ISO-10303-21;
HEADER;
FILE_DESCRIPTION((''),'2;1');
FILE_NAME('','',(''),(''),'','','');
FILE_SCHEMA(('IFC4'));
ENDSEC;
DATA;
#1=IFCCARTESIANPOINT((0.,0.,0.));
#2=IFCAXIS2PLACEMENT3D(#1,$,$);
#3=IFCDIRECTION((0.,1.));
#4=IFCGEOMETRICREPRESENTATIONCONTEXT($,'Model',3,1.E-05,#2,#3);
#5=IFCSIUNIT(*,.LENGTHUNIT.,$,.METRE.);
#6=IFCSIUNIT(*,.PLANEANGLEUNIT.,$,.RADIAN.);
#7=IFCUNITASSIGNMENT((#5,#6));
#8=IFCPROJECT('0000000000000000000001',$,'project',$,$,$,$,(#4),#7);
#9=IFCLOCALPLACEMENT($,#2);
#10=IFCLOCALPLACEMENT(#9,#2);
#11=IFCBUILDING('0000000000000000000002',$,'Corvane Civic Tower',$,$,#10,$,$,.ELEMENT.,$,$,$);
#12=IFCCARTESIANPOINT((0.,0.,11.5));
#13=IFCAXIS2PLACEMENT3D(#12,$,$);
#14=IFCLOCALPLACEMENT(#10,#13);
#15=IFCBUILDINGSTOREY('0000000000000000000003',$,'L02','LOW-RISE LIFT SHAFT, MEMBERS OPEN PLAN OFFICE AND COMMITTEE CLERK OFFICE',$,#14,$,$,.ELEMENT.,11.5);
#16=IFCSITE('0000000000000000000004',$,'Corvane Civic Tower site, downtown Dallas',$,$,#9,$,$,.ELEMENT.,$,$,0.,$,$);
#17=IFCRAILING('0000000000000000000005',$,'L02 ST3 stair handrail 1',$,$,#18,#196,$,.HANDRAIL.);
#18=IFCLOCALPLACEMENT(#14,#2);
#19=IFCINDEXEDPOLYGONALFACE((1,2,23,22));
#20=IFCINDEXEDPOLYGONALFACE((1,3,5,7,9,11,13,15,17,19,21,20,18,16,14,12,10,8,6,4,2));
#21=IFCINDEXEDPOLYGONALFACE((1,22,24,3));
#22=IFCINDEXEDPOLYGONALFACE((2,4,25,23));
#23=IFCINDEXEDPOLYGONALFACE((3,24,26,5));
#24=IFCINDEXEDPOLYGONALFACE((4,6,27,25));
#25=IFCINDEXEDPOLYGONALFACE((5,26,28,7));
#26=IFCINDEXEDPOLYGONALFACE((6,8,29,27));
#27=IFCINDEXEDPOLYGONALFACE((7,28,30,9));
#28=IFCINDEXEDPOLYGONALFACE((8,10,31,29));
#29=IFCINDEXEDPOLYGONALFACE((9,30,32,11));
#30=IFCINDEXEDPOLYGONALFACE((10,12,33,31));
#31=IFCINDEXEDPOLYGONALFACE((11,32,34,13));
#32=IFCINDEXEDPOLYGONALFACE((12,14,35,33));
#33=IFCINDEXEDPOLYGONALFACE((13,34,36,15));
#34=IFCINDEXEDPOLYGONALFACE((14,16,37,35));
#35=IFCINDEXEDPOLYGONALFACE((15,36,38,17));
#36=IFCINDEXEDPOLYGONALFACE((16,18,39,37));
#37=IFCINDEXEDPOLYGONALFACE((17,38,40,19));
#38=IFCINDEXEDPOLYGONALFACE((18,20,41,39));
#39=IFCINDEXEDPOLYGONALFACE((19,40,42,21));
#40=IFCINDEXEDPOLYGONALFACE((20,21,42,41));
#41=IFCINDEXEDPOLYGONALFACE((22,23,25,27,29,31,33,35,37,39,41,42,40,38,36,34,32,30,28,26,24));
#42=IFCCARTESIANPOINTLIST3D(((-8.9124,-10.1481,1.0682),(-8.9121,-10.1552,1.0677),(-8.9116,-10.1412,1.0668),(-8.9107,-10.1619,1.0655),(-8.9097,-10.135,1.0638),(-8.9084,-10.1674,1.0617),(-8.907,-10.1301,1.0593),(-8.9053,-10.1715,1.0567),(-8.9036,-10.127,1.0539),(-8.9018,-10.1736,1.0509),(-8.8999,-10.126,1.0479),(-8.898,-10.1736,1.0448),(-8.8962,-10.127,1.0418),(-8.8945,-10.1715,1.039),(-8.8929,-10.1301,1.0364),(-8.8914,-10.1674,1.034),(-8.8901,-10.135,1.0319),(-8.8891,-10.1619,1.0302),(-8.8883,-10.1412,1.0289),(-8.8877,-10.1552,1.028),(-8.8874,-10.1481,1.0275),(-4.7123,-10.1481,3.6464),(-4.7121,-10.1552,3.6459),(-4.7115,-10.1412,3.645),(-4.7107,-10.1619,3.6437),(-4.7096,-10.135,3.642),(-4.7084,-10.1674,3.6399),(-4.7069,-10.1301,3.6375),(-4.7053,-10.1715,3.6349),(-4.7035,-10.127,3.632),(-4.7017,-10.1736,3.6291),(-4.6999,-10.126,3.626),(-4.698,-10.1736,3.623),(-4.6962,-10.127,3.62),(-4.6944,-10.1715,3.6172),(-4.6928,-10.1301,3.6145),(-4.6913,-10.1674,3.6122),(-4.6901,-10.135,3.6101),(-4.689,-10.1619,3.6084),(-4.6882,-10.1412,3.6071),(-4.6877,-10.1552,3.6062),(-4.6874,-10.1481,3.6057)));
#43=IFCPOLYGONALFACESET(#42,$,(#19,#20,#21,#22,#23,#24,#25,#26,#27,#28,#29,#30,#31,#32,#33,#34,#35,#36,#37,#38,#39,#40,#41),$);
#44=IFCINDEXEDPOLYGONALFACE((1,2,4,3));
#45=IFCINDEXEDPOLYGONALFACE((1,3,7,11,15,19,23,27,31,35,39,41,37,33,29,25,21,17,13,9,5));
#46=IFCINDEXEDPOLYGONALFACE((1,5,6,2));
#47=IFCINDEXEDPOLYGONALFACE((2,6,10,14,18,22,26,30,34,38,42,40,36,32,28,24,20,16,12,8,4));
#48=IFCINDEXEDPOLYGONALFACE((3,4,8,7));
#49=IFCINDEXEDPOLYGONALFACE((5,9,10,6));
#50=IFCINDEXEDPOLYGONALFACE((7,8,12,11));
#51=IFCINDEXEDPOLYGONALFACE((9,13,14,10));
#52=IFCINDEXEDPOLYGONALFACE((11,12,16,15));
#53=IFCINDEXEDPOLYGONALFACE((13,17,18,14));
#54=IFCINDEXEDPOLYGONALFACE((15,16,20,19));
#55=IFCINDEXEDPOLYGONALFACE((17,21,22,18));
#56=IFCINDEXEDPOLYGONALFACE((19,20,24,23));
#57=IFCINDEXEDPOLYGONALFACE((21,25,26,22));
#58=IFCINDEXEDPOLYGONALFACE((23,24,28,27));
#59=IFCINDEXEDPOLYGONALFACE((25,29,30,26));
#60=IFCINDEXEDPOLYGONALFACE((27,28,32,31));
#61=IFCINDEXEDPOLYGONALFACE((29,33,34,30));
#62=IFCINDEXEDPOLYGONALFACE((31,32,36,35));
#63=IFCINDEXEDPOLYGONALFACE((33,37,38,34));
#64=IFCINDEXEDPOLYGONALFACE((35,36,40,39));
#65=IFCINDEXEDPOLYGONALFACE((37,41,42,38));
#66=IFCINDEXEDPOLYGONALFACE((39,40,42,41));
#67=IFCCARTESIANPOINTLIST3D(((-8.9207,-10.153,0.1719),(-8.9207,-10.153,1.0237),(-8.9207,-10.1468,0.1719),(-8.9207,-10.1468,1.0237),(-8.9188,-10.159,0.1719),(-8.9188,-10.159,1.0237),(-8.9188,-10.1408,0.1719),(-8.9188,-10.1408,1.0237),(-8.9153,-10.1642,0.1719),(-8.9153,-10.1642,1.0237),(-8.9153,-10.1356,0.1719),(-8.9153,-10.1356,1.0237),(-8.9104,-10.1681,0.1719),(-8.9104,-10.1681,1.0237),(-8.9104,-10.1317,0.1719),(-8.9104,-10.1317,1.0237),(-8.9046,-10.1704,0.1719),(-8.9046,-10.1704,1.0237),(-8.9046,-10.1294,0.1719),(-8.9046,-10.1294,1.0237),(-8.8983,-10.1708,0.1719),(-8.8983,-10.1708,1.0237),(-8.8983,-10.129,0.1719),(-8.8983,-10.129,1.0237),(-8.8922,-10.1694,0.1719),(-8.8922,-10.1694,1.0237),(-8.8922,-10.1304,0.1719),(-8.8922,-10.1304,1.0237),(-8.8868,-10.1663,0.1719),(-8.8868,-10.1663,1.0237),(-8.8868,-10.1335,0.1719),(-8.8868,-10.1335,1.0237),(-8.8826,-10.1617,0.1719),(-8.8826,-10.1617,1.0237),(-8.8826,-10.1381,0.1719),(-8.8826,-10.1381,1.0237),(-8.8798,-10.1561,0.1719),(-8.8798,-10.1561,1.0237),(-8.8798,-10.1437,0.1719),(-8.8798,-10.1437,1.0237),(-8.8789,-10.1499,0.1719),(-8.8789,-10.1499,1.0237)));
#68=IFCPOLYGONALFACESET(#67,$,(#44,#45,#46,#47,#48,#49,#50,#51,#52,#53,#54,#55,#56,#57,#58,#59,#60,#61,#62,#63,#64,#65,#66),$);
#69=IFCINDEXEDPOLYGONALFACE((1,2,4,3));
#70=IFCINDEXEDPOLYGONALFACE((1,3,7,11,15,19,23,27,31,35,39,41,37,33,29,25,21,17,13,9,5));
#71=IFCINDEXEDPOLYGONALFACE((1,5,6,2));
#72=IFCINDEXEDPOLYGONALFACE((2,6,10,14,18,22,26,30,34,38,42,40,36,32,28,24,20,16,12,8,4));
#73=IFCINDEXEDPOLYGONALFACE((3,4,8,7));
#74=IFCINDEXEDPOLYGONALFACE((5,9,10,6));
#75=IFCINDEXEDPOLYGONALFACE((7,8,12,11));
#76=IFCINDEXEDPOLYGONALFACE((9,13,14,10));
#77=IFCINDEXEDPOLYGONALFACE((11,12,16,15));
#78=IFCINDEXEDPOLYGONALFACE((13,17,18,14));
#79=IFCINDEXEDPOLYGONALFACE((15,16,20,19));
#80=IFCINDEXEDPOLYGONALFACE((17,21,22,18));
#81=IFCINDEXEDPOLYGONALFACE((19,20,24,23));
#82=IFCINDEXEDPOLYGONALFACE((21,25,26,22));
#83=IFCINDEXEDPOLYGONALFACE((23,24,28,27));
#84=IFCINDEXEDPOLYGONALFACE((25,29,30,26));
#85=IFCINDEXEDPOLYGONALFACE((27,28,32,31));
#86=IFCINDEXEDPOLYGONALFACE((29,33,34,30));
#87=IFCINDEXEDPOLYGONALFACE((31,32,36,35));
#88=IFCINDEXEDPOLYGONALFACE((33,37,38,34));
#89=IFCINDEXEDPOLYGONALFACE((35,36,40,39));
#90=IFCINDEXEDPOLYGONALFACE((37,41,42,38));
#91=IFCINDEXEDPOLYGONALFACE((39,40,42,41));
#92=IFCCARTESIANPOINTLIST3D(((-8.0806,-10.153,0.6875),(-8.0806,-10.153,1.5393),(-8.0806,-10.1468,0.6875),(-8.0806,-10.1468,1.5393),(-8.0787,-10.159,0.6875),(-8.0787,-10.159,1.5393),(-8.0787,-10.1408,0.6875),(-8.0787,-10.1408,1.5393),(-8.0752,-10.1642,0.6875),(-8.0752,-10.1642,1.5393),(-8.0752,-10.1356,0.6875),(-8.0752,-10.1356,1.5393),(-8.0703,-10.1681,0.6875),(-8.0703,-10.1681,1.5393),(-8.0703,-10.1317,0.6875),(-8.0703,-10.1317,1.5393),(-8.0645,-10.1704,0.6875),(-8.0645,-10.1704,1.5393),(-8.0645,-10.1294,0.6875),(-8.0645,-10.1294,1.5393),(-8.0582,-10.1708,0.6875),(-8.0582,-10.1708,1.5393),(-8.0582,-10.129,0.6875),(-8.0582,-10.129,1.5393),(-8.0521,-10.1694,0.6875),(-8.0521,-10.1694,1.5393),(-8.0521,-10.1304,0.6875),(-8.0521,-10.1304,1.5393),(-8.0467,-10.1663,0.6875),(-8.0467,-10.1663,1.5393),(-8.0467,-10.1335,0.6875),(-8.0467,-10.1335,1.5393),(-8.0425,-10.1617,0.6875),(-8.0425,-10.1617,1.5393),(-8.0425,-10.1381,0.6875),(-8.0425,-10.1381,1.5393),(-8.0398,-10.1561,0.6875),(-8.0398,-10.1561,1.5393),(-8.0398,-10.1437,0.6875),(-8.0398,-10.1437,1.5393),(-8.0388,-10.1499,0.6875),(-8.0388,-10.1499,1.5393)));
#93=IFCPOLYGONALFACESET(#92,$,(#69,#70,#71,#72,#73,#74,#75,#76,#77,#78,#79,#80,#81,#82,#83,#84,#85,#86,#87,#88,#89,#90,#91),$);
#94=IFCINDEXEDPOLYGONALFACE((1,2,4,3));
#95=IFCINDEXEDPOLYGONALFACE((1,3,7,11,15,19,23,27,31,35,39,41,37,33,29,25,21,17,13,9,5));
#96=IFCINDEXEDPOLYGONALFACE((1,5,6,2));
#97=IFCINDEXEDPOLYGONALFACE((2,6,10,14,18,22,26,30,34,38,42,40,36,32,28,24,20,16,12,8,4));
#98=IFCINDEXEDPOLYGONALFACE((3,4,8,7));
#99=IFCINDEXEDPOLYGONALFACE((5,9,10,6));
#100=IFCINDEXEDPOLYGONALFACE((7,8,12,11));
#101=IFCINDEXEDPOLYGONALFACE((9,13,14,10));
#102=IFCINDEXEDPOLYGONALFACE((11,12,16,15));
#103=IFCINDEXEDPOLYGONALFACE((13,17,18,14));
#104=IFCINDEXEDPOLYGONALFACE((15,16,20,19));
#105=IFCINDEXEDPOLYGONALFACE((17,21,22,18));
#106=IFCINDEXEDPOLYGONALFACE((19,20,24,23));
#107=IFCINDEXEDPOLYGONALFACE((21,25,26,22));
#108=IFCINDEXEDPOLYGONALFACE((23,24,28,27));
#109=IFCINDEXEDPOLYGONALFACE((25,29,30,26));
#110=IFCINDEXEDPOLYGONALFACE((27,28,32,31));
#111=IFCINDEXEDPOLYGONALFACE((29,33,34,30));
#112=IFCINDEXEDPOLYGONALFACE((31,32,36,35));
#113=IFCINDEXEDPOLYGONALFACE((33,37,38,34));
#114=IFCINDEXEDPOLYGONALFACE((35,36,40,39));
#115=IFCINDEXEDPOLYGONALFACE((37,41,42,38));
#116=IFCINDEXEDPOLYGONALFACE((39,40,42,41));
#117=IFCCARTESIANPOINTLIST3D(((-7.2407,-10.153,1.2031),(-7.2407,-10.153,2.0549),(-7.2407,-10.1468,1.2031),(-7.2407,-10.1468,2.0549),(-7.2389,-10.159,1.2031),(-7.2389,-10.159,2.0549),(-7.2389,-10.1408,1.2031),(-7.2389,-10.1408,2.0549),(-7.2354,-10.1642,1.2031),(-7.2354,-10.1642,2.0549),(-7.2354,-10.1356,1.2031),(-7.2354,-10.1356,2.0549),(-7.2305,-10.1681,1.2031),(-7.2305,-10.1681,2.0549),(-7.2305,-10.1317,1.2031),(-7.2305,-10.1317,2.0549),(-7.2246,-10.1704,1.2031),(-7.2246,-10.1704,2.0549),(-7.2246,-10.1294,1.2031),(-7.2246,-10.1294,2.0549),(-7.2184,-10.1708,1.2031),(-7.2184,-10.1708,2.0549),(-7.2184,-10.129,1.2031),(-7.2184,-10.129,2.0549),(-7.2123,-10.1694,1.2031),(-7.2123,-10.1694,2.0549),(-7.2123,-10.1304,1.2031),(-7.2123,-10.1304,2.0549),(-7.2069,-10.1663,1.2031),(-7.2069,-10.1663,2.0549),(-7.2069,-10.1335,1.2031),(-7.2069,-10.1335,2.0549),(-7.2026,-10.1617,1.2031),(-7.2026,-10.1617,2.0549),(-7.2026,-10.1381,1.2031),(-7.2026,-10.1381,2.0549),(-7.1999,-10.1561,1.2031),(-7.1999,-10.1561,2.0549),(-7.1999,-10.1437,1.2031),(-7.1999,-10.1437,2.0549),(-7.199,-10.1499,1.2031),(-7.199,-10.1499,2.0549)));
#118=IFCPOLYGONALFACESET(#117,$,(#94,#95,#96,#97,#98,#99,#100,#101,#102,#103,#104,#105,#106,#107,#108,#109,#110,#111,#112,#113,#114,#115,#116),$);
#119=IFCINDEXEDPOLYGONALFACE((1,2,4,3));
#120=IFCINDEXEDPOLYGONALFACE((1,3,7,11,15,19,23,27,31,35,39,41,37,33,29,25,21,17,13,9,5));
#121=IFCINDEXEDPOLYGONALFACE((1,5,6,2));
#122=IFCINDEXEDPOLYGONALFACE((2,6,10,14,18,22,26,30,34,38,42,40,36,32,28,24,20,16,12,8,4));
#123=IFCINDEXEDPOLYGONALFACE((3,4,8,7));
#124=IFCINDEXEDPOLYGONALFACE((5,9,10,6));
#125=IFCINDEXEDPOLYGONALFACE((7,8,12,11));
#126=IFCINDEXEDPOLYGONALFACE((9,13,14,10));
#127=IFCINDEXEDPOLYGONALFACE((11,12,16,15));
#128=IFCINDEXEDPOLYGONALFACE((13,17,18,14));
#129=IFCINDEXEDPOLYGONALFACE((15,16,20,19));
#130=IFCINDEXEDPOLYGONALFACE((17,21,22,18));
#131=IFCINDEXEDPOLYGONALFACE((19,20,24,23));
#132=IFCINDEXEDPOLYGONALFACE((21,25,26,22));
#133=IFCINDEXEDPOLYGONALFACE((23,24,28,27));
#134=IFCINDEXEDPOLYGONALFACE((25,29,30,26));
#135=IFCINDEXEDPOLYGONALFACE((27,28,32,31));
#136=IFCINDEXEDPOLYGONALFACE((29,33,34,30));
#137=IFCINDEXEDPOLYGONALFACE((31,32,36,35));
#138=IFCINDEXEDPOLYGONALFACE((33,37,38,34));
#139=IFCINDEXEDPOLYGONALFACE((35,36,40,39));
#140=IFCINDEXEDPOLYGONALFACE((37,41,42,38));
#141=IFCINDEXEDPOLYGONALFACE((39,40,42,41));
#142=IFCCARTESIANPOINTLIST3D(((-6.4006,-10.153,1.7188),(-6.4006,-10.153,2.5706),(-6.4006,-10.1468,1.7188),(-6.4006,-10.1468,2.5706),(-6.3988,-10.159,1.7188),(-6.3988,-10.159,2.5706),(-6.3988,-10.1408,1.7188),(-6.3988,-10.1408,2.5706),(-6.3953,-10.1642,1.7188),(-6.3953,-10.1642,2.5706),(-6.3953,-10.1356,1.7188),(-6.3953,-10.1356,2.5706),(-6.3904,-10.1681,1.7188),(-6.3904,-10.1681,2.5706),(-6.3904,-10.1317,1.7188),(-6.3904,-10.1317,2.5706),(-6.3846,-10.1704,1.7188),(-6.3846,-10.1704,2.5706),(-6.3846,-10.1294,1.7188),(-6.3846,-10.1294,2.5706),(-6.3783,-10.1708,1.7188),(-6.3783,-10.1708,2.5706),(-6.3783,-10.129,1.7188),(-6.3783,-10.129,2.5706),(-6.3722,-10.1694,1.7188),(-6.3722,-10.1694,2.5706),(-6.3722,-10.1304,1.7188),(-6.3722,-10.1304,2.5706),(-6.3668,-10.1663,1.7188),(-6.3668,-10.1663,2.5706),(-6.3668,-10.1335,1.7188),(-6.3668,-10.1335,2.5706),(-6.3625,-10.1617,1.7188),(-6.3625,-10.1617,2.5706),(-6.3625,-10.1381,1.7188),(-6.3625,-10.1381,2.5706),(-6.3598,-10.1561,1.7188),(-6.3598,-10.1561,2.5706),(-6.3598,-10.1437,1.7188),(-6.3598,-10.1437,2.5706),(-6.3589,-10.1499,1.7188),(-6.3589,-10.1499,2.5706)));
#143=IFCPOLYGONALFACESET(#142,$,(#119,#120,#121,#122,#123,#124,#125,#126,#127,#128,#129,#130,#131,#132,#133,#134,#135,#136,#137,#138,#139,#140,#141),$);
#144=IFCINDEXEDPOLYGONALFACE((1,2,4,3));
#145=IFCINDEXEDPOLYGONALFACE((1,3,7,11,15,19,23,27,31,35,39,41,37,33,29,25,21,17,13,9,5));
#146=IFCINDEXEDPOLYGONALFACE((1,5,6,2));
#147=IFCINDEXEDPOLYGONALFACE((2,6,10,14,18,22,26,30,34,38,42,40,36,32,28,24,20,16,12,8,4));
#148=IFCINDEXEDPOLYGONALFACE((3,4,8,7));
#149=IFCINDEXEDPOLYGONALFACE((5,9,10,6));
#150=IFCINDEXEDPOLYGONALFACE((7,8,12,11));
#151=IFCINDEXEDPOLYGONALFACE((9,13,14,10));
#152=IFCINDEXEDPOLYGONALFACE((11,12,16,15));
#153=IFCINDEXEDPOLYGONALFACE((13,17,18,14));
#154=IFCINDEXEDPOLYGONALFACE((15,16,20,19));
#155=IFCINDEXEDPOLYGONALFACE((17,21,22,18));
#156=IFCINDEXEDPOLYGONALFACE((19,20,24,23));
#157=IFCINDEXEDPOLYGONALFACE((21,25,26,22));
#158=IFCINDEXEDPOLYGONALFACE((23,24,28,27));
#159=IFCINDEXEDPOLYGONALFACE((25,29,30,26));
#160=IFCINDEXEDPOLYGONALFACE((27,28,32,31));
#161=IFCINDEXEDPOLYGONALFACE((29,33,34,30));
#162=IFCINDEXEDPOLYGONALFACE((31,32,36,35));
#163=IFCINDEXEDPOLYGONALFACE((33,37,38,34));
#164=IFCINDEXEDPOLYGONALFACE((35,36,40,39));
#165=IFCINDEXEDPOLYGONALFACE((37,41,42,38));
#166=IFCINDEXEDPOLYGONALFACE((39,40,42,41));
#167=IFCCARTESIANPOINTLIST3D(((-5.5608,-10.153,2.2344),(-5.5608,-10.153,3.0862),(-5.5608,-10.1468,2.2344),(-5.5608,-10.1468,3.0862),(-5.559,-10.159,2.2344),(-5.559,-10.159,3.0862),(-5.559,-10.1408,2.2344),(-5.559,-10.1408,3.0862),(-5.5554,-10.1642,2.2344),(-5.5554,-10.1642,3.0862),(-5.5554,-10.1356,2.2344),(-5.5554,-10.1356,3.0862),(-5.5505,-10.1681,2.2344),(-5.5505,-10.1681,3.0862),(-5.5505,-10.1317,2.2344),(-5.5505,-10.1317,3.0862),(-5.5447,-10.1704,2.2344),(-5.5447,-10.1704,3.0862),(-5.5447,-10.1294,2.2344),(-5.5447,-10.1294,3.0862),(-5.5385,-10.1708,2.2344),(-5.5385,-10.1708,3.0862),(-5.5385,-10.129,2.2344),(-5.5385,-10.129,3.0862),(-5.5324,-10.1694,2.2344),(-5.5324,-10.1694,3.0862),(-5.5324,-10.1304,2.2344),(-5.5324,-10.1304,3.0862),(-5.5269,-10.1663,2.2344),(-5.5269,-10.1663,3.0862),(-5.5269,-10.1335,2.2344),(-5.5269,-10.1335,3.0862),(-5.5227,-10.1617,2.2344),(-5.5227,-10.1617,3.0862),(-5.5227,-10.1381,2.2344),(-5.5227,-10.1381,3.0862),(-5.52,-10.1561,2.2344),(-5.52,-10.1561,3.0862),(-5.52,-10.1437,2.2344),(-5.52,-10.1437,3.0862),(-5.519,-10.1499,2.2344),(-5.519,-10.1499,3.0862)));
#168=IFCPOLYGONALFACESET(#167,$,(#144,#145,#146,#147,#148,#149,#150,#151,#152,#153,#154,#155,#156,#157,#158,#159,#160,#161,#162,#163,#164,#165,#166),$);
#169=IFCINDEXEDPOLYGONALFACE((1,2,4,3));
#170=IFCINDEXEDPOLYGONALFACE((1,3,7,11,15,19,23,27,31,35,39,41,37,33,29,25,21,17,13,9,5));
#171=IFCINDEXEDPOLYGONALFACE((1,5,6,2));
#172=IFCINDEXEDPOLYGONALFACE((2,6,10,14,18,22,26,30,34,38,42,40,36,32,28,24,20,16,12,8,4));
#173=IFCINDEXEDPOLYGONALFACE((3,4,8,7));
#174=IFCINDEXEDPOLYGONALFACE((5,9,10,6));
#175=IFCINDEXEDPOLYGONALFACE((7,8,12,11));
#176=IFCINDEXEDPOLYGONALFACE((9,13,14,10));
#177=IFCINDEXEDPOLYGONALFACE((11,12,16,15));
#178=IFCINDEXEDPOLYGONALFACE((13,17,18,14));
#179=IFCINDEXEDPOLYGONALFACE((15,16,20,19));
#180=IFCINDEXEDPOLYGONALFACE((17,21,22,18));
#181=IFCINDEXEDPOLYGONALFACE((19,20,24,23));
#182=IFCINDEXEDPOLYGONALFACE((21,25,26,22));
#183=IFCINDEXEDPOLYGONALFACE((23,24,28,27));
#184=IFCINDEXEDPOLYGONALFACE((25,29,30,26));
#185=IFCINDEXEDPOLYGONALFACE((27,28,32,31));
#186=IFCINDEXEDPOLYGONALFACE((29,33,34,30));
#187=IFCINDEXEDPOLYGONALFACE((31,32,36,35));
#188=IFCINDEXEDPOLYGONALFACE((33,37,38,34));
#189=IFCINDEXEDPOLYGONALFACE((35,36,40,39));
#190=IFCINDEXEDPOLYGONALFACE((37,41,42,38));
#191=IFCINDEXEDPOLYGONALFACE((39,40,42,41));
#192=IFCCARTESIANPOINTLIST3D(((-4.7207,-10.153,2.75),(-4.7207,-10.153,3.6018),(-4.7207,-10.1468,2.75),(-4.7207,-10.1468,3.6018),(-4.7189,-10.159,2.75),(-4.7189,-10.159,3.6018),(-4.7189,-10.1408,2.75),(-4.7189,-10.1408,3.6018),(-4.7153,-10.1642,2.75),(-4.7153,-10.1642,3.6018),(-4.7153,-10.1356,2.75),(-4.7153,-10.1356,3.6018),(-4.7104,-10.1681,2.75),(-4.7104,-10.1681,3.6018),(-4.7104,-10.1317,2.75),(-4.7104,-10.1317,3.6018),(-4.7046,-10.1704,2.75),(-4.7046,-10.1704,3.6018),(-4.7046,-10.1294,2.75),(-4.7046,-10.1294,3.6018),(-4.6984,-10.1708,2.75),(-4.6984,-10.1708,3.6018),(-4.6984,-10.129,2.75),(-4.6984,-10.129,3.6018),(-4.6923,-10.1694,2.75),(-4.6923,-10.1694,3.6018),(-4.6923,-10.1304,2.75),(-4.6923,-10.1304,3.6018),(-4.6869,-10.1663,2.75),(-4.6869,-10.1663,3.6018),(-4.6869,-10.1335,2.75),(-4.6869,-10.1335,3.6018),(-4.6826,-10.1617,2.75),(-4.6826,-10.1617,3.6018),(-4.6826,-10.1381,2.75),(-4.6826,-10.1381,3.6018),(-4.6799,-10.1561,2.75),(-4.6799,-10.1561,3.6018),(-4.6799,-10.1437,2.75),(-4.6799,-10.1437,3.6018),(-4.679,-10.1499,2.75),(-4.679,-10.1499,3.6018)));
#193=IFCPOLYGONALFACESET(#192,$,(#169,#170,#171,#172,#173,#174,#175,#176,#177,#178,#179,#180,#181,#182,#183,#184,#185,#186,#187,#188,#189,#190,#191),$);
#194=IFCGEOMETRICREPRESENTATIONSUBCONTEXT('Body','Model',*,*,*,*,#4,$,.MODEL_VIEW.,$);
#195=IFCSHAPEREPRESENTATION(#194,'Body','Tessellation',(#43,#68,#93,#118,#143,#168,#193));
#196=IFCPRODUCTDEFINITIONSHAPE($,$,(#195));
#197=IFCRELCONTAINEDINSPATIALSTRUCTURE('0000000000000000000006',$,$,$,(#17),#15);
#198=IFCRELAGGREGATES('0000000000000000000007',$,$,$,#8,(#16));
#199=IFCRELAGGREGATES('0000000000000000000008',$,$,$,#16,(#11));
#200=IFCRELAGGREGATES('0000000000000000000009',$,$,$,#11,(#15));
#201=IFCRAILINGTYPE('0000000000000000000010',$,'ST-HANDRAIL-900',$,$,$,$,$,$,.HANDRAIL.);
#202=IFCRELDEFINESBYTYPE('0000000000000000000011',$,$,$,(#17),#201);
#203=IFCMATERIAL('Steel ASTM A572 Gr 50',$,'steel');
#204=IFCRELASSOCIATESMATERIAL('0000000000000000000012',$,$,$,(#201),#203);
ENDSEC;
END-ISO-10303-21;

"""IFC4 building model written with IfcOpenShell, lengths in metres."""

from ifc_helpers import new_model, si_unit, direction, frame, origin, origin_2d, place, context, subcontext, project, spatial, circle, extrude, material, type_object, element, save


model = new_model("IFC4")

# Units and contexts
model_context = context("Model", 3, precision=1e-05, world=origin(), true_north=direction((0.0, 1.0)))
body_context = subcontext(model_context, "Body", "Model", "MODEL_VIEW")
ifc_project = project(units=[si_unit("LENGTHUNIT", "METRE"), si_unit("PLANEANGLEUNIT", "RADIAN")], contexts=[model_context])

# Site, building, storey
site_placement = place(None, origin())
site = spatial("IfcSite", under=ifc_project, at=site_placement, Name="Corvane Civic Tower site, downtown Dallas", CompositionType="ELEMENT", RefElevation=0.0)
building_placement = place(site_placement, origin())
building = spatial("IfcBuilding", under=site, at=building_placement, Name="Corvane Civic Tower", CompositionType="ELEMENT")
storey_placement = place(building_placement, frame((0.0, 0.0, 11.5)))
storey = spatial("IfcBuildingStorey", under=building, at=storey_placement, Name="L02", Description="LOW-RISE LIFT SHAFT, MEMBERS OPEN PLAN OFFICE AND COMMITTEE CLERK OFFICE", CompositionType="ELEMENT", Elevation=11.5)

# Railing
ifc_material_1 = material(Name="Steel ASTM A572 Gr 50", Category="steel")
railing_type_1 = type_object("IfcRailingType", Name="ST-HANDRAIL-900", PredefinedType="HANDRAIL", material=ifc_material_1)
railing_1_placement = place(storey_placement, frame((-8.8999, -10.1499, 0.1719)))
element("IfcRailing", 1, at=railing_1_placement, inside=storey, type_object=railing_type_1, Name="L02 ST3 stair handrail 1", PredefinedType="HANDRAIL", context=body_context, shape_type="SweptSolid", body=[
    extrude(circle(Radius=0.0239, at=origin_2d()), frame((0.0, 0.0, 0.876), z_axis=(0.852243, 0.0, 0.523146), x_axis=(0.0, 1.0, 0.0)), (0.0, 0.0, 1.0), 4.9282),
    extrude(circle(Radius=0.021, at=origin_2d()), origin(), (0.0, 0.0, 1.0), 0.8518),
    extrude(circle(Radius=0.021, at=origin_2d()), frame((0.8401, 0.0, 0.5156)), (0.0, 0.0, 1.0), 0.8518),
    extrude(circle(Radius=0.021, at=origin_2d()), frame((1.6799, 0.0, 1.0312)), (0.0, 0.0, 1.0), 0.8518),
    extrude(circle(Radius=0.021, at=origin_2d()), frame((2.52, 0.0, 1.5469)), (0.0, 0.0, 1.0), 0.8518),
    extrude(circle(Radius=0.021, at=origin_2d()), frame((3.3599, 0.0, 2.0625)), (0.0, 0.0, 1.0), 0.8518),
    extrude(circle(Radius=0.021, at=origin_2d()), frame((4.2, 0.0, 2.5781)), (0.0, 0.0, 1.0), 0.8518),
])

save(model, "model.ifc")
